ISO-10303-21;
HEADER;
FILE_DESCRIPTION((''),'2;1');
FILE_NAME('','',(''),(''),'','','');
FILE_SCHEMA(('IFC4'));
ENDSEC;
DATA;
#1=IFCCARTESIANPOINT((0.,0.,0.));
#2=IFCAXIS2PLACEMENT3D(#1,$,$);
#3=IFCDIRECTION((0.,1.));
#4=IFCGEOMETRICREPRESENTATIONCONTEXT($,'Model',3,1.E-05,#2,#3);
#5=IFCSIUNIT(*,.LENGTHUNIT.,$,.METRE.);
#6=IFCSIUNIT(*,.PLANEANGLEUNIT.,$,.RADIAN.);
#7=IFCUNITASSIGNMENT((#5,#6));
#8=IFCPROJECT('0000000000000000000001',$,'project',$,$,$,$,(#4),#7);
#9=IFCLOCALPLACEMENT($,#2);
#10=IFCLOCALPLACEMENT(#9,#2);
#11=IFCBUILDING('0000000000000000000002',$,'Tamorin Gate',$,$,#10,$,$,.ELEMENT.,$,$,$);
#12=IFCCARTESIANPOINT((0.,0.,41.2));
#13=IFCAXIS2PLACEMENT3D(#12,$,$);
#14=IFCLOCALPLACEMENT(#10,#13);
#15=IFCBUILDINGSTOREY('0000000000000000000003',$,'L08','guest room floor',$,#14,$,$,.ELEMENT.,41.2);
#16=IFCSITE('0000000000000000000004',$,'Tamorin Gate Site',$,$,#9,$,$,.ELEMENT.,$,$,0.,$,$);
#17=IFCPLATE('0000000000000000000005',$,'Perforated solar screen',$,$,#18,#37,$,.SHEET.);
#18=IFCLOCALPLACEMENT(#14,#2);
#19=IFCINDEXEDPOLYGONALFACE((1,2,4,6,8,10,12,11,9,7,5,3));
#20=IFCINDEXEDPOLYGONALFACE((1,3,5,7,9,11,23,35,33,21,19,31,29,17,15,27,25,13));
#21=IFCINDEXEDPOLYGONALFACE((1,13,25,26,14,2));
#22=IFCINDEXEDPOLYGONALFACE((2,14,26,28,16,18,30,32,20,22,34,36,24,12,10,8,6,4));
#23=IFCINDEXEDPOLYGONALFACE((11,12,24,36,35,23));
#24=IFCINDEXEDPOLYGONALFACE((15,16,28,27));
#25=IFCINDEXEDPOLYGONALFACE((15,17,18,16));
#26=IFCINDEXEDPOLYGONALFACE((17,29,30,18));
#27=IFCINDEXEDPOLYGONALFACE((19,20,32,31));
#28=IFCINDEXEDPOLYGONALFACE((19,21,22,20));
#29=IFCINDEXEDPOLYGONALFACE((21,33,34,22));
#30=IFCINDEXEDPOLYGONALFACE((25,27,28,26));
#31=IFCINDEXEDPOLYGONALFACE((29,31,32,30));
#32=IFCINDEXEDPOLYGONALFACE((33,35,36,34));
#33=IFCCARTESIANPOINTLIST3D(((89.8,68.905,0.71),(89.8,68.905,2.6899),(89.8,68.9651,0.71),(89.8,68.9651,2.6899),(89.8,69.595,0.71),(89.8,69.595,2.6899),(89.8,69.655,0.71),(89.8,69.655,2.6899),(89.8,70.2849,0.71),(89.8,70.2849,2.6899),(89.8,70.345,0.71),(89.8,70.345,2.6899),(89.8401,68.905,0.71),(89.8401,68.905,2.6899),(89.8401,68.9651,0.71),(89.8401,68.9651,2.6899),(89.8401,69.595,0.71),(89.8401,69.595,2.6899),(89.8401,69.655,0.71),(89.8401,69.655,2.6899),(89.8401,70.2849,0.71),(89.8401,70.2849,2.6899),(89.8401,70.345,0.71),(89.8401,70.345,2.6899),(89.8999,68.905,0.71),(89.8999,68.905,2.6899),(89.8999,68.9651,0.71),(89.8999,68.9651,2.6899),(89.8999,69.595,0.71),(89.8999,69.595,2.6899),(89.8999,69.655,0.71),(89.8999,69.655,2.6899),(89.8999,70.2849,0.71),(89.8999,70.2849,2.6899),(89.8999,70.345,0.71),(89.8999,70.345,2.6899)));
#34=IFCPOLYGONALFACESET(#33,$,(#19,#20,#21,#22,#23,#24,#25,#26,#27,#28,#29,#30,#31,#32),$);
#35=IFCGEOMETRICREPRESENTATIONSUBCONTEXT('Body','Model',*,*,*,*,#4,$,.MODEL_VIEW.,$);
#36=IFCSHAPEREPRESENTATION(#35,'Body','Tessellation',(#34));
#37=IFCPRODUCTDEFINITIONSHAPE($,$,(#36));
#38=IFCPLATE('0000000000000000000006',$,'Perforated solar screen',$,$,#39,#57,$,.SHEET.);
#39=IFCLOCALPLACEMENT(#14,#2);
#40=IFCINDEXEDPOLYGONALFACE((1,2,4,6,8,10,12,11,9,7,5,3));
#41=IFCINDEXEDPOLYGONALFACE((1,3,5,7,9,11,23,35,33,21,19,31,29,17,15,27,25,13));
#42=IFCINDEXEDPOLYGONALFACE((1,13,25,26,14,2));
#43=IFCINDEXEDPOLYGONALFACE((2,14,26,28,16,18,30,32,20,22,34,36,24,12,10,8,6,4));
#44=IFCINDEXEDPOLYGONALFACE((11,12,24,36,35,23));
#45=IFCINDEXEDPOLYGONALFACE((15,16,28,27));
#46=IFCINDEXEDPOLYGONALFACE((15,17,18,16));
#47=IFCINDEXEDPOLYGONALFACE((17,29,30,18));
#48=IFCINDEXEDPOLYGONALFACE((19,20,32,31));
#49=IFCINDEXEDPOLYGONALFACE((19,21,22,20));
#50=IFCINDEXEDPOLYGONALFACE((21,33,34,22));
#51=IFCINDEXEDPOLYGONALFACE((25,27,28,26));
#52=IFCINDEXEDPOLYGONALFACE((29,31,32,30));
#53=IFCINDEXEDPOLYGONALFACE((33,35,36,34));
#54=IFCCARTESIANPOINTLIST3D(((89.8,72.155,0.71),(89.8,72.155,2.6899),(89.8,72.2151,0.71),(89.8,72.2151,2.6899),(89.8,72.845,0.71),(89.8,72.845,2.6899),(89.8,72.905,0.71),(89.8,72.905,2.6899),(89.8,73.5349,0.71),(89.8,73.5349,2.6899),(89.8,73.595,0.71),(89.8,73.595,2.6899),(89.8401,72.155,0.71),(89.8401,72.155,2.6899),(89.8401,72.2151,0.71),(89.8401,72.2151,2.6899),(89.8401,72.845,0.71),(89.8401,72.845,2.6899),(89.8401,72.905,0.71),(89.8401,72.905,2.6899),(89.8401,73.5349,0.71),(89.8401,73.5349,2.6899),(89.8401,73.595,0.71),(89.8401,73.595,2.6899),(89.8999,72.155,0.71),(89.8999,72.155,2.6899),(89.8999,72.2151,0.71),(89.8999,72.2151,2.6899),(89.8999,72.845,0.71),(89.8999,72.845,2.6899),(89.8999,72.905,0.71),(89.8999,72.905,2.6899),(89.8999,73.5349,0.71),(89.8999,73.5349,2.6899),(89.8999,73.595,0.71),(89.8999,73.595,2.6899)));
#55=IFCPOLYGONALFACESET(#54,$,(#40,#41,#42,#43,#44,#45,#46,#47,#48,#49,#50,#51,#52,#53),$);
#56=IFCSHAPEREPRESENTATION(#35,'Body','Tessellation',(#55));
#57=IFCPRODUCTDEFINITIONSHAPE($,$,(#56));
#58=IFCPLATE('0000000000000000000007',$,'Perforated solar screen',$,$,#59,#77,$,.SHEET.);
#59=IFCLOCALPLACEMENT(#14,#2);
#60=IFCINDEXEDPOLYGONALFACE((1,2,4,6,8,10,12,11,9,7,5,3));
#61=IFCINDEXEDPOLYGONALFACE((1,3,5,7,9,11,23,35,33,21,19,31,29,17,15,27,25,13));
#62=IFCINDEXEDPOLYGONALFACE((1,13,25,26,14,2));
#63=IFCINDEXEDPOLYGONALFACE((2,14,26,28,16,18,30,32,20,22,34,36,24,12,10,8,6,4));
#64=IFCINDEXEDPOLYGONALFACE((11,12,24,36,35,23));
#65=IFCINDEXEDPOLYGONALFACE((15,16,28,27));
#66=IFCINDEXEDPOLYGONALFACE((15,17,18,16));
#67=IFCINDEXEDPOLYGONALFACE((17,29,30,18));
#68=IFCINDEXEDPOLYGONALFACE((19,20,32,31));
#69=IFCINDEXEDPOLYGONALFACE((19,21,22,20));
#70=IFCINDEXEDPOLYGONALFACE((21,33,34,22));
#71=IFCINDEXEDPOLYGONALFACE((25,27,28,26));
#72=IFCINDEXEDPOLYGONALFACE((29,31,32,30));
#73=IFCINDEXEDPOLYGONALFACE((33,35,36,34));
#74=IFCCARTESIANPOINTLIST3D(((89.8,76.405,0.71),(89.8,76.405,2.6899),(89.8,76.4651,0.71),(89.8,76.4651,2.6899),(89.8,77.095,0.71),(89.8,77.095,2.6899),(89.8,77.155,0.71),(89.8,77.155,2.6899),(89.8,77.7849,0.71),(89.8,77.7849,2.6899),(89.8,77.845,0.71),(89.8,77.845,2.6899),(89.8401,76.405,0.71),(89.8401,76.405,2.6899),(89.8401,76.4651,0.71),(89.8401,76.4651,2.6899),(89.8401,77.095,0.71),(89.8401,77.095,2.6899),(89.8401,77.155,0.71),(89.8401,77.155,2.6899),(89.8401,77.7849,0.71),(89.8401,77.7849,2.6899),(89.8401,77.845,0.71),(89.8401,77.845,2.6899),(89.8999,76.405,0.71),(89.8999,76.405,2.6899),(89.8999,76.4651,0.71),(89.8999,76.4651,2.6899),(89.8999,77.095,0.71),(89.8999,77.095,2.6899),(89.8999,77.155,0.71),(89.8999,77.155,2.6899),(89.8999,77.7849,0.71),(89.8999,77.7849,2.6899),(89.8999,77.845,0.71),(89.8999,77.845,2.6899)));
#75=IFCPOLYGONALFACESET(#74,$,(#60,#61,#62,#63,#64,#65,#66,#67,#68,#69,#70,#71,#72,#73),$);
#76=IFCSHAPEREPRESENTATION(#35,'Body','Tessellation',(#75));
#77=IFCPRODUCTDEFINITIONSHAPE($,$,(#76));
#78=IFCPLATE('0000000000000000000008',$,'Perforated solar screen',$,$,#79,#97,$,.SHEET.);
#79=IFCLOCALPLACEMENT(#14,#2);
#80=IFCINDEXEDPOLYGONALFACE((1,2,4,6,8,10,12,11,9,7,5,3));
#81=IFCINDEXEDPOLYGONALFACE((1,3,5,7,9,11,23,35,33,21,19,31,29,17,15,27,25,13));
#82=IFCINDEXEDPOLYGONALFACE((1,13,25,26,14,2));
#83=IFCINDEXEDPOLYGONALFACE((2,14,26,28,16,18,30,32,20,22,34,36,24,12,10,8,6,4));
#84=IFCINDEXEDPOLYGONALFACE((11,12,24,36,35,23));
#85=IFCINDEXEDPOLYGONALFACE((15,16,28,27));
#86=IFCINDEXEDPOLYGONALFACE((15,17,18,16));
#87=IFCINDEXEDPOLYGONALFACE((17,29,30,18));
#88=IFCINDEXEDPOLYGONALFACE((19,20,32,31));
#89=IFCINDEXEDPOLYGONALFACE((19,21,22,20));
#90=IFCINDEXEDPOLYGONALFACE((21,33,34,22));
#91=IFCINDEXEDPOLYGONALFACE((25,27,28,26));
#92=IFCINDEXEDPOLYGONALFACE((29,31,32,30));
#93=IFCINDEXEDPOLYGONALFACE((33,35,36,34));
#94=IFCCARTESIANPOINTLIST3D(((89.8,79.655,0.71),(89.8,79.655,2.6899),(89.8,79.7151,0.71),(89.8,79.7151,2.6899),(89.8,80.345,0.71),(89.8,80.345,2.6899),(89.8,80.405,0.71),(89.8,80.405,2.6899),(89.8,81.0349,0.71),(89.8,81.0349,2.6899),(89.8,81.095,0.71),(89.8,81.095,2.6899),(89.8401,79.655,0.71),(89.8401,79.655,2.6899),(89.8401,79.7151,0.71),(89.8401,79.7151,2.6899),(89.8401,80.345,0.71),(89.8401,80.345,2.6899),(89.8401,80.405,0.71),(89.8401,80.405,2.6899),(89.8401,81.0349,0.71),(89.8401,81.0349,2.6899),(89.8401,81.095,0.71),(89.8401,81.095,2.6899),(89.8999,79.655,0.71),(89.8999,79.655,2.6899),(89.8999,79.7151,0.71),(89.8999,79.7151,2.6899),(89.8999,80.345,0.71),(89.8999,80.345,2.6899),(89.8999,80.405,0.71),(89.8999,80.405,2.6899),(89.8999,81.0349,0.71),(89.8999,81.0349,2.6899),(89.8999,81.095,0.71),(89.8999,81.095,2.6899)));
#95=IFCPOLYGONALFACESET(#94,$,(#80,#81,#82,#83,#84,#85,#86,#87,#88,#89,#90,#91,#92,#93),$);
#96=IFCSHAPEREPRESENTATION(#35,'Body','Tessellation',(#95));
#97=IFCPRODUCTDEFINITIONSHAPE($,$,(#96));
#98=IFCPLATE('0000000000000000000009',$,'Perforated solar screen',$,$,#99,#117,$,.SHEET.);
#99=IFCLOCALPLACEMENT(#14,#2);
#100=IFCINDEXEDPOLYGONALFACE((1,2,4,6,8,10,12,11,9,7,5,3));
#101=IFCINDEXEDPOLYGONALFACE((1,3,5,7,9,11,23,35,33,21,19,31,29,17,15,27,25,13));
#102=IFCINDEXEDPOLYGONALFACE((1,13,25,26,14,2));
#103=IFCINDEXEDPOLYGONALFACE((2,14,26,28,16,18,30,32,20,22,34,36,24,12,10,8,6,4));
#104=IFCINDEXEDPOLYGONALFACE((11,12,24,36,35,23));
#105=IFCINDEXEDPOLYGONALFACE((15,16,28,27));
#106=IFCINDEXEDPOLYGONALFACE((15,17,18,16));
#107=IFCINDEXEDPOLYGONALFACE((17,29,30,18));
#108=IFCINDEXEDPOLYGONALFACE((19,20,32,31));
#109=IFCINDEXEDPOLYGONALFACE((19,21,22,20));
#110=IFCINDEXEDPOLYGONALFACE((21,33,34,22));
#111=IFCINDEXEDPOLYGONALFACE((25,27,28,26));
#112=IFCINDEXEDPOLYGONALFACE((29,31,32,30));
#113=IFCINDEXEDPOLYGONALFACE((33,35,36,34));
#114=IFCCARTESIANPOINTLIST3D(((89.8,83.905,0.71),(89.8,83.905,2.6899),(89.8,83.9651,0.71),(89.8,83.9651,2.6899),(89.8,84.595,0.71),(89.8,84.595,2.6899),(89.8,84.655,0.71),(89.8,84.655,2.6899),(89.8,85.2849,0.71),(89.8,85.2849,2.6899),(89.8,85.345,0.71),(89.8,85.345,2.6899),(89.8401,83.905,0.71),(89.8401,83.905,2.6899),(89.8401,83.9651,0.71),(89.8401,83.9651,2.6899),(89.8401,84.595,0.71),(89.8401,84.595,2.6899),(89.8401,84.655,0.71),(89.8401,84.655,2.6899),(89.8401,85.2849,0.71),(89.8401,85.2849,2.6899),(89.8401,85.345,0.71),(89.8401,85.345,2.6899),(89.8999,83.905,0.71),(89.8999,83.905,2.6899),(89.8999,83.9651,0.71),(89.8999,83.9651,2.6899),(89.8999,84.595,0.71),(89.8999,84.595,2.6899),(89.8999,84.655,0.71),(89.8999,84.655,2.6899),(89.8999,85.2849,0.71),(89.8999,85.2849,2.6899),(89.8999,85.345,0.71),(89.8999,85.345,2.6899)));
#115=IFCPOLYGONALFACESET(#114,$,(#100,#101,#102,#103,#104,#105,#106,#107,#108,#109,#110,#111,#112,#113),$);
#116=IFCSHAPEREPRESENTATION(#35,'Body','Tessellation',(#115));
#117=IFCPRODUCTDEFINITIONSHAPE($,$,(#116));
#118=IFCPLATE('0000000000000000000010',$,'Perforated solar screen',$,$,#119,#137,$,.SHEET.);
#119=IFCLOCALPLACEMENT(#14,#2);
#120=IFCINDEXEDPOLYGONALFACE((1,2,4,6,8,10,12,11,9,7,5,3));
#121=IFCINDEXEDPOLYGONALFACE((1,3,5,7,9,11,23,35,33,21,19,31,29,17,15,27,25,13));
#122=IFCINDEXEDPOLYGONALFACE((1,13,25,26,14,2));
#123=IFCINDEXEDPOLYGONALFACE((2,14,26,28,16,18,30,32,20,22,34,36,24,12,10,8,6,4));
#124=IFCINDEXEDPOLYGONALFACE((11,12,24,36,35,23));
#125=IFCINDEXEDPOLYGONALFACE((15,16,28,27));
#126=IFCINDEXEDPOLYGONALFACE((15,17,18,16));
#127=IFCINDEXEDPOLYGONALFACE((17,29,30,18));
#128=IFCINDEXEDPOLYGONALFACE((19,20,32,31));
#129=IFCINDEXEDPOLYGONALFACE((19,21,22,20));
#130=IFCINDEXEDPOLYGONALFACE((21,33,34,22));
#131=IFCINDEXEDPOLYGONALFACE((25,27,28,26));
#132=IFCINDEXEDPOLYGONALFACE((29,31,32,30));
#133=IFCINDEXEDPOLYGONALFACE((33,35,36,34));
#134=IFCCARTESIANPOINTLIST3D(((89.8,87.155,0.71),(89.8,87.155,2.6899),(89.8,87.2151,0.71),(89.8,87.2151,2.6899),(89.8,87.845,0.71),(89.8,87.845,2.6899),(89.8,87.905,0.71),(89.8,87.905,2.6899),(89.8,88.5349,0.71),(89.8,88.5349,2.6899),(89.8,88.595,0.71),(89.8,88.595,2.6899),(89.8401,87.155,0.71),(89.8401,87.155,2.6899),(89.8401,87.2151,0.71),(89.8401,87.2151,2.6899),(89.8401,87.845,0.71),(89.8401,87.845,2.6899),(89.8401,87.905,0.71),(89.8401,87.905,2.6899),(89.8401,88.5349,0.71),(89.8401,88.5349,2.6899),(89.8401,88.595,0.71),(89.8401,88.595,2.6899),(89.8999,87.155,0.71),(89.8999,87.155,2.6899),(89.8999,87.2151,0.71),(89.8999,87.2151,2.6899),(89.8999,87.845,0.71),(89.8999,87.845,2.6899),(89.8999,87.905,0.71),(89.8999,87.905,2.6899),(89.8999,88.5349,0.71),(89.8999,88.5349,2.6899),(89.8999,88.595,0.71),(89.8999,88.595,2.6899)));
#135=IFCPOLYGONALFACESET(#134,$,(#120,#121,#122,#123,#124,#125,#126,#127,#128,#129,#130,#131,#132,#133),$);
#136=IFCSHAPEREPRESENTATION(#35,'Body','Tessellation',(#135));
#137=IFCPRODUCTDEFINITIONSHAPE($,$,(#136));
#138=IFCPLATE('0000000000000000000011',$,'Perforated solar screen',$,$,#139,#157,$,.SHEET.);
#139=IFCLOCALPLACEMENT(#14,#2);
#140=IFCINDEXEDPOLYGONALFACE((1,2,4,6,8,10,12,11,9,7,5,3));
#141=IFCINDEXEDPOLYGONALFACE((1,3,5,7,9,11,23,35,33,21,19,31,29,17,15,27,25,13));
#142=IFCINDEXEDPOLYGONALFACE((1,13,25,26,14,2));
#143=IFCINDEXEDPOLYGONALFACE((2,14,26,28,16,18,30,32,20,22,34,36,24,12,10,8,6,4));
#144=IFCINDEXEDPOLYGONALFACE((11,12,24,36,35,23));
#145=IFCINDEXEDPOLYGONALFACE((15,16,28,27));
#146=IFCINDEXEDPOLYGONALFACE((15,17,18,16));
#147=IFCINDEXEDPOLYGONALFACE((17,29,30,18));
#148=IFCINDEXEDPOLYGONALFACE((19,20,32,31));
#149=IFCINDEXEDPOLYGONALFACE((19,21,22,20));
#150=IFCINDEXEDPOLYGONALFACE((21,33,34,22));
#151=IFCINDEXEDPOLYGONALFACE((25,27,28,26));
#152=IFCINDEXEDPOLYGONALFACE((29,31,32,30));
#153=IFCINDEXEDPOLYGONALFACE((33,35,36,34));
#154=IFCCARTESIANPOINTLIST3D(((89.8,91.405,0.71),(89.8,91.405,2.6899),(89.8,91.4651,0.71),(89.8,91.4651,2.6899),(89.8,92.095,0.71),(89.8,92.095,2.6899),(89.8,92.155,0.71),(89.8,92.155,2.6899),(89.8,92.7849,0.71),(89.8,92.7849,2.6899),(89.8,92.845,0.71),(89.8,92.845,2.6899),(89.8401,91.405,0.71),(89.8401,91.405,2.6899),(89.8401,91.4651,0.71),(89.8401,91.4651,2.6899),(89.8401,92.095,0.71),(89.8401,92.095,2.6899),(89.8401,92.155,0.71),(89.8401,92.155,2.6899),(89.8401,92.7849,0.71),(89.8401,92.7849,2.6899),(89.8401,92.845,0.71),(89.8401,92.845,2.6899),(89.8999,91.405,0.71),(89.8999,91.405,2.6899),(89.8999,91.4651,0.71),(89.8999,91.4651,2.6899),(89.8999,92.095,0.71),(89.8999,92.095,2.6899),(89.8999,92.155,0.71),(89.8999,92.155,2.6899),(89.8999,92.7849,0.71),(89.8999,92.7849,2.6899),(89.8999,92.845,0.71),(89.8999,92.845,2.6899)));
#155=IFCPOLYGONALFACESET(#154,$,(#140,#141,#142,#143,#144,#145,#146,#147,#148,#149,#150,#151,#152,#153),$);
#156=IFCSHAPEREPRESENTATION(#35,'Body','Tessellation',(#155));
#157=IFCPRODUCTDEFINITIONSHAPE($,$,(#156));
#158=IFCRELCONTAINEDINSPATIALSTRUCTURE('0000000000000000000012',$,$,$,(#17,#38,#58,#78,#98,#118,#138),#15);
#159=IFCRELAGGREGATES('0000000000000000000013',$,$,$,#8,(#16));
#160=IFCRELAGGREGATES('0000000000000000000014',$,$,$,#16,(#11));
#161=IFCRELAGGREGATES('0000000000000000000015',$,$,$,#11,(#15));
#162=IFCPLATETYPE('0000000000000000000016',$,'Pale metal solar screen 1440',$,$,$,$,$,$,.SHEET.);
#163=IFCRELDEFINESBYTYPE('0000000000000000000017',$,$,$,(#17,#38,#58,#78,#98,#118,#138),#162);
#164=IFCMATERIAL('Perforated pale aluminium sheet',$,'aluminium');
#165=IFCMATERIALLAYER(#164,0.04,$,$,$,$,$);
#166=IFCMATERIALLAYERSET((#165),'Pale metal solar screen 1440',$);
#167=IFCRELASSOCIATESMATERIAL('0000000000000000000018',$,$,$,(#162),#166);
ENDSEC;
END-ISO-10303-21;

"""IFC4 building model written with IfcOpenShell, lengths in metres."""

from ifc_helpers import new_model, si_unit, direction, frame, origin, place, context, subcontext, project, spatial, polyline, outline, extrude, material, layer, layer_set, type_object, element, save


model = new_model("IFC4")

# Units and contexts
model_context = context("Model", 3, precision=1e-05, world=origin(), true_north=direction((0.0, 1.0)))
body_context = subcontext(model_context, "Body", "Model", "MODEL_VIEW")
ifc_project = project(units=[si_unit("LENGTHUNIT", "METRE"), si_unit("PLANEANGLEUNIT", "RADIAN")], contexts=[model_context])

# Site, building, storey
site_placement = place(None, origin())
site = spatial("IfcSite", under=ifc_project, at=site_placement, Name="Tamorin Gate Site", CompositionType="ELEMENT", RefElevation=0.0)
building_placement = place(site_placement, origin())
building = spatial("IfcBuilding", under=site, at=building_placement, Name="Tamorin Gate", CompositionType="ELEMENT")
storey_placement = place(building_placement, frame((0.0, 0.0, 41.2)))
storey = spatial("IfcBuildingStorey", under=building, at=storey_placement, Name="L08", Description="guest room floor", CompositionType="ELEMENT", Elevation=41.2)

# Plates
ifc_material = material(Name="Perforated pale aluminium sheet", Category="aluminium")
ifc_layer = layer(ifc_material, 0.04)
ifc_layer_set = layer_set([ifc_layer], Name="Pale metal solar screen 1440")
plate_type = type_object("IfcPlateType", Name="Pale metal solar screen 1440", PredefinedType="SHEET", material=ifc_layer_set)
plate_1_placement = place(storey_placement, frame((0.0, 0.0, 0.71)))
element("IfcPlate", 1, at=plate_1_placement, inside=storey, type_object=plate_type, Name="Perforated solar screen", PredefinedType="SHEET", context=body_context, shape_type="SweptSolid", body=[
    extrude(outline(polyline([(89.8401, 68.905), (89.8, 68.905), (89.8, 68.9651), (89.8, 69.595), (89.8, 69.655), (89.8, 70.2849), (89.8, 70.345), (89.8401, 70.345), (89.8999, 70.345), (89.8999, 70.2849), (89.8401, 70.2849), (89.8401, 69.655), (89.8999, 69.655), (89.8999, 69.595), (89.8401, 69.595), (89.8401, 68.9651), (89.8999, 68.9651), (89.8999, 68.905), (89.8401, 68.905)])), origin(), (0.0, 0.0, 1.0), 1.98),
])
plate_2_placement = place(storey_placement, frame((0.0, 0.0, 0.71)))
element("IfcPlate", 2, at=plate_2_placement, inside=storey, type_object=plate_type, Name="Perforated solar screen", PredefinedType="SHEET", context=body_context, shape_type="SweptSolid", body=[
    extrude(outline(polyline([(89.8401, 72.155), (89.8, 72.155), (89.8, 72.2151), (89.8, 72.845), (89.8, 72.905), (89.8, 73.5349), (89.8, 73.595), (89.8401, 73.595), (89.8999, 73.595), (89.8999, 73.5349), (89.8401, 73.5349), (89.8401, 72.905), (89.8999, 72.905), (89.8999, 72.845), (89.8401, 72.845), (89.8401, 72.2151), (89.8999, 72.2151), (89.8999, 72.155), (89.8401, 72.155)])), origin(), (0.0, 0.0, 1.0), 1.98),
])
plate_3_placement = place(storey_placement, frame((0.0, 0.0, 0.71)))
element("IfcPlate", 3, at=plate_3_placement, inside=storey, type_object=plate_type, Name="Perforated solar screen", PredefinedType="SHEET", context=body_context, shape_type="SweptSolid", body=[
    extrude(outline(polyline([(89.8401, 76.405), (89.8, 76.405), (89.8, 76.4651), (89.8, 77.095), (89.8, 77.155), (89.8, 77.7849), (89.8, 77.845), (89.8401, 77.845), (89.8999, 77.845), (89.8999, 77.7849), (89.8401, 77.7849), (89.8401, 77.155), (89.8999, 77.155), (89.8999, 77.095), (89.8401, 77.095), (89.8401, 76.4651), (89.8999, 76.4651), (89.8999, 76.405), (89.8401, 76.405)])), origin(), (0.0, 0.0, 1.0), 1.98),
])
plate_4_placement = place(storey_placement, frame((0.0, 0.0, 0.71)))
element("IfcPlate", 4, at=plate_4_placement, inside=storey, type_object=plate_type, Name="Perforated solar screen", PredefinedType="SHEET", context=body_context, shape_type="SweptSolid", body=[
    extrude(outline(polyline([(89.8401, 79.655), (89.8, 79.655), (89.8, 79.7151), (89.8, 80.345), (89.8, 80.405), (89.8, 81.0349), (89.8, 81.095), (89.8401, 81.095), (89.8999, 81.095), (89.8999, 81.0349), (89.8401, 81.0349), (89.8401, 80.405), (89.8999, 80.405), (89.8999, 80.345), (89.8401, 80.345), (89.8401, 79.7151), (89.8999, 79.7151), (89.8999, 79.655), (89.8401, 79.655)])), origin(), (0.0, 0.0, 1.0), 1.98),
])
plate_5_placement = place(storey_placement, frame((0.0, 0.0, 0.71)))
element("IfcPlate", 5, at=plate_5_placement, inside=storey, type_object=plate_type, Name="Perforated solar screen", PredefinedType="SHEET", context=body_context, shape_type="SweptSolid", body=[
    extrude(outline(polyline([(89.8401, 83.905), (89.8, 83.905), (89.8, 83.9651), (89.8, 84.595), (89.8, 84.655), (89.8, 85.2849), (89.8, 85.345), (89.8401, 85.345), (89.8999, 85.345), (89.8999, 85.2849), (89.8401, 85.2849), (89.8401, 84.655), (89.8999, 84.655), (89.8999, 84.595), (89.8401, 84.595), (89.8401, 83.9651), (89.8999, 83.9651), (89.8999, 83.905), (89.8401, 83.905)])), origin(), (0.0, 0.0, 1.0), 1.98),
])
plate_6_placement = place(storey_placement, frame((0.0, 0.0, 0.71)))
element("IfcPlate", 6, at=plate_6_placement, inside=storey, type_object=plate_type, Name="Perforated solar screen", PredefinedType="SHEET", context=body_context, shape_type="SweptSolid", body=[
    extrude(outline(polyline([(89.8401, 87.155), (89.8, 87.155), (89.8, 87.2151), (89.8, 87.845), (89.8, 87.905), (89.8, 88.5349), (89.8, 88.595), (89.8401, 88.595), (89.8999, 88.595), (89.8999, 88.5349), (89.8401, 88.5349), (89.8401, 87.905), (89.8999, 87.905), (89.8999, 87.845), (89.8401, 87.845), (89.8401, 87.2151), (89.8999, 87.2151), (89.8999, 87.155), (89.8401, 87.155)])), origin(), (0.0, 0.0, 1.0), 1.98),
])
plate_7_placement = place(storey_placement, frame((0.0, 0.0, 0.71)))
element("IfcPlate", 7, at=plate_7_placement, inside=storey, type_object=plate_type, Name="Perforated solar screen", PredefinedType="SHEET", context=body_context, shape_type="SweptSolid", body=[
    extrude(outline(polyline([(89.8401, 91.405), (89.8, 91.405), (89.8, 91.4651), (89.8, 92.095), (89.8, 92.155), (89.8, 92.7849), (89.8, 92.845), (89.8401, 92.845), (89.8999, 92.845), (89.8999, 92.7849), (89.8401, 92.7849), (89.8401, 92.155), (89.8999, 92.155), (89.8999, 92.095), (89.8401, 92.095), (89.8401, 91.4651), (89.8999, 91.4651), (89.8999, 91.405), (89.8401, 91.405)])), origin(), (0.0, 0.0, 1.0), 1.98),
])

save(model, "model.ifc")
